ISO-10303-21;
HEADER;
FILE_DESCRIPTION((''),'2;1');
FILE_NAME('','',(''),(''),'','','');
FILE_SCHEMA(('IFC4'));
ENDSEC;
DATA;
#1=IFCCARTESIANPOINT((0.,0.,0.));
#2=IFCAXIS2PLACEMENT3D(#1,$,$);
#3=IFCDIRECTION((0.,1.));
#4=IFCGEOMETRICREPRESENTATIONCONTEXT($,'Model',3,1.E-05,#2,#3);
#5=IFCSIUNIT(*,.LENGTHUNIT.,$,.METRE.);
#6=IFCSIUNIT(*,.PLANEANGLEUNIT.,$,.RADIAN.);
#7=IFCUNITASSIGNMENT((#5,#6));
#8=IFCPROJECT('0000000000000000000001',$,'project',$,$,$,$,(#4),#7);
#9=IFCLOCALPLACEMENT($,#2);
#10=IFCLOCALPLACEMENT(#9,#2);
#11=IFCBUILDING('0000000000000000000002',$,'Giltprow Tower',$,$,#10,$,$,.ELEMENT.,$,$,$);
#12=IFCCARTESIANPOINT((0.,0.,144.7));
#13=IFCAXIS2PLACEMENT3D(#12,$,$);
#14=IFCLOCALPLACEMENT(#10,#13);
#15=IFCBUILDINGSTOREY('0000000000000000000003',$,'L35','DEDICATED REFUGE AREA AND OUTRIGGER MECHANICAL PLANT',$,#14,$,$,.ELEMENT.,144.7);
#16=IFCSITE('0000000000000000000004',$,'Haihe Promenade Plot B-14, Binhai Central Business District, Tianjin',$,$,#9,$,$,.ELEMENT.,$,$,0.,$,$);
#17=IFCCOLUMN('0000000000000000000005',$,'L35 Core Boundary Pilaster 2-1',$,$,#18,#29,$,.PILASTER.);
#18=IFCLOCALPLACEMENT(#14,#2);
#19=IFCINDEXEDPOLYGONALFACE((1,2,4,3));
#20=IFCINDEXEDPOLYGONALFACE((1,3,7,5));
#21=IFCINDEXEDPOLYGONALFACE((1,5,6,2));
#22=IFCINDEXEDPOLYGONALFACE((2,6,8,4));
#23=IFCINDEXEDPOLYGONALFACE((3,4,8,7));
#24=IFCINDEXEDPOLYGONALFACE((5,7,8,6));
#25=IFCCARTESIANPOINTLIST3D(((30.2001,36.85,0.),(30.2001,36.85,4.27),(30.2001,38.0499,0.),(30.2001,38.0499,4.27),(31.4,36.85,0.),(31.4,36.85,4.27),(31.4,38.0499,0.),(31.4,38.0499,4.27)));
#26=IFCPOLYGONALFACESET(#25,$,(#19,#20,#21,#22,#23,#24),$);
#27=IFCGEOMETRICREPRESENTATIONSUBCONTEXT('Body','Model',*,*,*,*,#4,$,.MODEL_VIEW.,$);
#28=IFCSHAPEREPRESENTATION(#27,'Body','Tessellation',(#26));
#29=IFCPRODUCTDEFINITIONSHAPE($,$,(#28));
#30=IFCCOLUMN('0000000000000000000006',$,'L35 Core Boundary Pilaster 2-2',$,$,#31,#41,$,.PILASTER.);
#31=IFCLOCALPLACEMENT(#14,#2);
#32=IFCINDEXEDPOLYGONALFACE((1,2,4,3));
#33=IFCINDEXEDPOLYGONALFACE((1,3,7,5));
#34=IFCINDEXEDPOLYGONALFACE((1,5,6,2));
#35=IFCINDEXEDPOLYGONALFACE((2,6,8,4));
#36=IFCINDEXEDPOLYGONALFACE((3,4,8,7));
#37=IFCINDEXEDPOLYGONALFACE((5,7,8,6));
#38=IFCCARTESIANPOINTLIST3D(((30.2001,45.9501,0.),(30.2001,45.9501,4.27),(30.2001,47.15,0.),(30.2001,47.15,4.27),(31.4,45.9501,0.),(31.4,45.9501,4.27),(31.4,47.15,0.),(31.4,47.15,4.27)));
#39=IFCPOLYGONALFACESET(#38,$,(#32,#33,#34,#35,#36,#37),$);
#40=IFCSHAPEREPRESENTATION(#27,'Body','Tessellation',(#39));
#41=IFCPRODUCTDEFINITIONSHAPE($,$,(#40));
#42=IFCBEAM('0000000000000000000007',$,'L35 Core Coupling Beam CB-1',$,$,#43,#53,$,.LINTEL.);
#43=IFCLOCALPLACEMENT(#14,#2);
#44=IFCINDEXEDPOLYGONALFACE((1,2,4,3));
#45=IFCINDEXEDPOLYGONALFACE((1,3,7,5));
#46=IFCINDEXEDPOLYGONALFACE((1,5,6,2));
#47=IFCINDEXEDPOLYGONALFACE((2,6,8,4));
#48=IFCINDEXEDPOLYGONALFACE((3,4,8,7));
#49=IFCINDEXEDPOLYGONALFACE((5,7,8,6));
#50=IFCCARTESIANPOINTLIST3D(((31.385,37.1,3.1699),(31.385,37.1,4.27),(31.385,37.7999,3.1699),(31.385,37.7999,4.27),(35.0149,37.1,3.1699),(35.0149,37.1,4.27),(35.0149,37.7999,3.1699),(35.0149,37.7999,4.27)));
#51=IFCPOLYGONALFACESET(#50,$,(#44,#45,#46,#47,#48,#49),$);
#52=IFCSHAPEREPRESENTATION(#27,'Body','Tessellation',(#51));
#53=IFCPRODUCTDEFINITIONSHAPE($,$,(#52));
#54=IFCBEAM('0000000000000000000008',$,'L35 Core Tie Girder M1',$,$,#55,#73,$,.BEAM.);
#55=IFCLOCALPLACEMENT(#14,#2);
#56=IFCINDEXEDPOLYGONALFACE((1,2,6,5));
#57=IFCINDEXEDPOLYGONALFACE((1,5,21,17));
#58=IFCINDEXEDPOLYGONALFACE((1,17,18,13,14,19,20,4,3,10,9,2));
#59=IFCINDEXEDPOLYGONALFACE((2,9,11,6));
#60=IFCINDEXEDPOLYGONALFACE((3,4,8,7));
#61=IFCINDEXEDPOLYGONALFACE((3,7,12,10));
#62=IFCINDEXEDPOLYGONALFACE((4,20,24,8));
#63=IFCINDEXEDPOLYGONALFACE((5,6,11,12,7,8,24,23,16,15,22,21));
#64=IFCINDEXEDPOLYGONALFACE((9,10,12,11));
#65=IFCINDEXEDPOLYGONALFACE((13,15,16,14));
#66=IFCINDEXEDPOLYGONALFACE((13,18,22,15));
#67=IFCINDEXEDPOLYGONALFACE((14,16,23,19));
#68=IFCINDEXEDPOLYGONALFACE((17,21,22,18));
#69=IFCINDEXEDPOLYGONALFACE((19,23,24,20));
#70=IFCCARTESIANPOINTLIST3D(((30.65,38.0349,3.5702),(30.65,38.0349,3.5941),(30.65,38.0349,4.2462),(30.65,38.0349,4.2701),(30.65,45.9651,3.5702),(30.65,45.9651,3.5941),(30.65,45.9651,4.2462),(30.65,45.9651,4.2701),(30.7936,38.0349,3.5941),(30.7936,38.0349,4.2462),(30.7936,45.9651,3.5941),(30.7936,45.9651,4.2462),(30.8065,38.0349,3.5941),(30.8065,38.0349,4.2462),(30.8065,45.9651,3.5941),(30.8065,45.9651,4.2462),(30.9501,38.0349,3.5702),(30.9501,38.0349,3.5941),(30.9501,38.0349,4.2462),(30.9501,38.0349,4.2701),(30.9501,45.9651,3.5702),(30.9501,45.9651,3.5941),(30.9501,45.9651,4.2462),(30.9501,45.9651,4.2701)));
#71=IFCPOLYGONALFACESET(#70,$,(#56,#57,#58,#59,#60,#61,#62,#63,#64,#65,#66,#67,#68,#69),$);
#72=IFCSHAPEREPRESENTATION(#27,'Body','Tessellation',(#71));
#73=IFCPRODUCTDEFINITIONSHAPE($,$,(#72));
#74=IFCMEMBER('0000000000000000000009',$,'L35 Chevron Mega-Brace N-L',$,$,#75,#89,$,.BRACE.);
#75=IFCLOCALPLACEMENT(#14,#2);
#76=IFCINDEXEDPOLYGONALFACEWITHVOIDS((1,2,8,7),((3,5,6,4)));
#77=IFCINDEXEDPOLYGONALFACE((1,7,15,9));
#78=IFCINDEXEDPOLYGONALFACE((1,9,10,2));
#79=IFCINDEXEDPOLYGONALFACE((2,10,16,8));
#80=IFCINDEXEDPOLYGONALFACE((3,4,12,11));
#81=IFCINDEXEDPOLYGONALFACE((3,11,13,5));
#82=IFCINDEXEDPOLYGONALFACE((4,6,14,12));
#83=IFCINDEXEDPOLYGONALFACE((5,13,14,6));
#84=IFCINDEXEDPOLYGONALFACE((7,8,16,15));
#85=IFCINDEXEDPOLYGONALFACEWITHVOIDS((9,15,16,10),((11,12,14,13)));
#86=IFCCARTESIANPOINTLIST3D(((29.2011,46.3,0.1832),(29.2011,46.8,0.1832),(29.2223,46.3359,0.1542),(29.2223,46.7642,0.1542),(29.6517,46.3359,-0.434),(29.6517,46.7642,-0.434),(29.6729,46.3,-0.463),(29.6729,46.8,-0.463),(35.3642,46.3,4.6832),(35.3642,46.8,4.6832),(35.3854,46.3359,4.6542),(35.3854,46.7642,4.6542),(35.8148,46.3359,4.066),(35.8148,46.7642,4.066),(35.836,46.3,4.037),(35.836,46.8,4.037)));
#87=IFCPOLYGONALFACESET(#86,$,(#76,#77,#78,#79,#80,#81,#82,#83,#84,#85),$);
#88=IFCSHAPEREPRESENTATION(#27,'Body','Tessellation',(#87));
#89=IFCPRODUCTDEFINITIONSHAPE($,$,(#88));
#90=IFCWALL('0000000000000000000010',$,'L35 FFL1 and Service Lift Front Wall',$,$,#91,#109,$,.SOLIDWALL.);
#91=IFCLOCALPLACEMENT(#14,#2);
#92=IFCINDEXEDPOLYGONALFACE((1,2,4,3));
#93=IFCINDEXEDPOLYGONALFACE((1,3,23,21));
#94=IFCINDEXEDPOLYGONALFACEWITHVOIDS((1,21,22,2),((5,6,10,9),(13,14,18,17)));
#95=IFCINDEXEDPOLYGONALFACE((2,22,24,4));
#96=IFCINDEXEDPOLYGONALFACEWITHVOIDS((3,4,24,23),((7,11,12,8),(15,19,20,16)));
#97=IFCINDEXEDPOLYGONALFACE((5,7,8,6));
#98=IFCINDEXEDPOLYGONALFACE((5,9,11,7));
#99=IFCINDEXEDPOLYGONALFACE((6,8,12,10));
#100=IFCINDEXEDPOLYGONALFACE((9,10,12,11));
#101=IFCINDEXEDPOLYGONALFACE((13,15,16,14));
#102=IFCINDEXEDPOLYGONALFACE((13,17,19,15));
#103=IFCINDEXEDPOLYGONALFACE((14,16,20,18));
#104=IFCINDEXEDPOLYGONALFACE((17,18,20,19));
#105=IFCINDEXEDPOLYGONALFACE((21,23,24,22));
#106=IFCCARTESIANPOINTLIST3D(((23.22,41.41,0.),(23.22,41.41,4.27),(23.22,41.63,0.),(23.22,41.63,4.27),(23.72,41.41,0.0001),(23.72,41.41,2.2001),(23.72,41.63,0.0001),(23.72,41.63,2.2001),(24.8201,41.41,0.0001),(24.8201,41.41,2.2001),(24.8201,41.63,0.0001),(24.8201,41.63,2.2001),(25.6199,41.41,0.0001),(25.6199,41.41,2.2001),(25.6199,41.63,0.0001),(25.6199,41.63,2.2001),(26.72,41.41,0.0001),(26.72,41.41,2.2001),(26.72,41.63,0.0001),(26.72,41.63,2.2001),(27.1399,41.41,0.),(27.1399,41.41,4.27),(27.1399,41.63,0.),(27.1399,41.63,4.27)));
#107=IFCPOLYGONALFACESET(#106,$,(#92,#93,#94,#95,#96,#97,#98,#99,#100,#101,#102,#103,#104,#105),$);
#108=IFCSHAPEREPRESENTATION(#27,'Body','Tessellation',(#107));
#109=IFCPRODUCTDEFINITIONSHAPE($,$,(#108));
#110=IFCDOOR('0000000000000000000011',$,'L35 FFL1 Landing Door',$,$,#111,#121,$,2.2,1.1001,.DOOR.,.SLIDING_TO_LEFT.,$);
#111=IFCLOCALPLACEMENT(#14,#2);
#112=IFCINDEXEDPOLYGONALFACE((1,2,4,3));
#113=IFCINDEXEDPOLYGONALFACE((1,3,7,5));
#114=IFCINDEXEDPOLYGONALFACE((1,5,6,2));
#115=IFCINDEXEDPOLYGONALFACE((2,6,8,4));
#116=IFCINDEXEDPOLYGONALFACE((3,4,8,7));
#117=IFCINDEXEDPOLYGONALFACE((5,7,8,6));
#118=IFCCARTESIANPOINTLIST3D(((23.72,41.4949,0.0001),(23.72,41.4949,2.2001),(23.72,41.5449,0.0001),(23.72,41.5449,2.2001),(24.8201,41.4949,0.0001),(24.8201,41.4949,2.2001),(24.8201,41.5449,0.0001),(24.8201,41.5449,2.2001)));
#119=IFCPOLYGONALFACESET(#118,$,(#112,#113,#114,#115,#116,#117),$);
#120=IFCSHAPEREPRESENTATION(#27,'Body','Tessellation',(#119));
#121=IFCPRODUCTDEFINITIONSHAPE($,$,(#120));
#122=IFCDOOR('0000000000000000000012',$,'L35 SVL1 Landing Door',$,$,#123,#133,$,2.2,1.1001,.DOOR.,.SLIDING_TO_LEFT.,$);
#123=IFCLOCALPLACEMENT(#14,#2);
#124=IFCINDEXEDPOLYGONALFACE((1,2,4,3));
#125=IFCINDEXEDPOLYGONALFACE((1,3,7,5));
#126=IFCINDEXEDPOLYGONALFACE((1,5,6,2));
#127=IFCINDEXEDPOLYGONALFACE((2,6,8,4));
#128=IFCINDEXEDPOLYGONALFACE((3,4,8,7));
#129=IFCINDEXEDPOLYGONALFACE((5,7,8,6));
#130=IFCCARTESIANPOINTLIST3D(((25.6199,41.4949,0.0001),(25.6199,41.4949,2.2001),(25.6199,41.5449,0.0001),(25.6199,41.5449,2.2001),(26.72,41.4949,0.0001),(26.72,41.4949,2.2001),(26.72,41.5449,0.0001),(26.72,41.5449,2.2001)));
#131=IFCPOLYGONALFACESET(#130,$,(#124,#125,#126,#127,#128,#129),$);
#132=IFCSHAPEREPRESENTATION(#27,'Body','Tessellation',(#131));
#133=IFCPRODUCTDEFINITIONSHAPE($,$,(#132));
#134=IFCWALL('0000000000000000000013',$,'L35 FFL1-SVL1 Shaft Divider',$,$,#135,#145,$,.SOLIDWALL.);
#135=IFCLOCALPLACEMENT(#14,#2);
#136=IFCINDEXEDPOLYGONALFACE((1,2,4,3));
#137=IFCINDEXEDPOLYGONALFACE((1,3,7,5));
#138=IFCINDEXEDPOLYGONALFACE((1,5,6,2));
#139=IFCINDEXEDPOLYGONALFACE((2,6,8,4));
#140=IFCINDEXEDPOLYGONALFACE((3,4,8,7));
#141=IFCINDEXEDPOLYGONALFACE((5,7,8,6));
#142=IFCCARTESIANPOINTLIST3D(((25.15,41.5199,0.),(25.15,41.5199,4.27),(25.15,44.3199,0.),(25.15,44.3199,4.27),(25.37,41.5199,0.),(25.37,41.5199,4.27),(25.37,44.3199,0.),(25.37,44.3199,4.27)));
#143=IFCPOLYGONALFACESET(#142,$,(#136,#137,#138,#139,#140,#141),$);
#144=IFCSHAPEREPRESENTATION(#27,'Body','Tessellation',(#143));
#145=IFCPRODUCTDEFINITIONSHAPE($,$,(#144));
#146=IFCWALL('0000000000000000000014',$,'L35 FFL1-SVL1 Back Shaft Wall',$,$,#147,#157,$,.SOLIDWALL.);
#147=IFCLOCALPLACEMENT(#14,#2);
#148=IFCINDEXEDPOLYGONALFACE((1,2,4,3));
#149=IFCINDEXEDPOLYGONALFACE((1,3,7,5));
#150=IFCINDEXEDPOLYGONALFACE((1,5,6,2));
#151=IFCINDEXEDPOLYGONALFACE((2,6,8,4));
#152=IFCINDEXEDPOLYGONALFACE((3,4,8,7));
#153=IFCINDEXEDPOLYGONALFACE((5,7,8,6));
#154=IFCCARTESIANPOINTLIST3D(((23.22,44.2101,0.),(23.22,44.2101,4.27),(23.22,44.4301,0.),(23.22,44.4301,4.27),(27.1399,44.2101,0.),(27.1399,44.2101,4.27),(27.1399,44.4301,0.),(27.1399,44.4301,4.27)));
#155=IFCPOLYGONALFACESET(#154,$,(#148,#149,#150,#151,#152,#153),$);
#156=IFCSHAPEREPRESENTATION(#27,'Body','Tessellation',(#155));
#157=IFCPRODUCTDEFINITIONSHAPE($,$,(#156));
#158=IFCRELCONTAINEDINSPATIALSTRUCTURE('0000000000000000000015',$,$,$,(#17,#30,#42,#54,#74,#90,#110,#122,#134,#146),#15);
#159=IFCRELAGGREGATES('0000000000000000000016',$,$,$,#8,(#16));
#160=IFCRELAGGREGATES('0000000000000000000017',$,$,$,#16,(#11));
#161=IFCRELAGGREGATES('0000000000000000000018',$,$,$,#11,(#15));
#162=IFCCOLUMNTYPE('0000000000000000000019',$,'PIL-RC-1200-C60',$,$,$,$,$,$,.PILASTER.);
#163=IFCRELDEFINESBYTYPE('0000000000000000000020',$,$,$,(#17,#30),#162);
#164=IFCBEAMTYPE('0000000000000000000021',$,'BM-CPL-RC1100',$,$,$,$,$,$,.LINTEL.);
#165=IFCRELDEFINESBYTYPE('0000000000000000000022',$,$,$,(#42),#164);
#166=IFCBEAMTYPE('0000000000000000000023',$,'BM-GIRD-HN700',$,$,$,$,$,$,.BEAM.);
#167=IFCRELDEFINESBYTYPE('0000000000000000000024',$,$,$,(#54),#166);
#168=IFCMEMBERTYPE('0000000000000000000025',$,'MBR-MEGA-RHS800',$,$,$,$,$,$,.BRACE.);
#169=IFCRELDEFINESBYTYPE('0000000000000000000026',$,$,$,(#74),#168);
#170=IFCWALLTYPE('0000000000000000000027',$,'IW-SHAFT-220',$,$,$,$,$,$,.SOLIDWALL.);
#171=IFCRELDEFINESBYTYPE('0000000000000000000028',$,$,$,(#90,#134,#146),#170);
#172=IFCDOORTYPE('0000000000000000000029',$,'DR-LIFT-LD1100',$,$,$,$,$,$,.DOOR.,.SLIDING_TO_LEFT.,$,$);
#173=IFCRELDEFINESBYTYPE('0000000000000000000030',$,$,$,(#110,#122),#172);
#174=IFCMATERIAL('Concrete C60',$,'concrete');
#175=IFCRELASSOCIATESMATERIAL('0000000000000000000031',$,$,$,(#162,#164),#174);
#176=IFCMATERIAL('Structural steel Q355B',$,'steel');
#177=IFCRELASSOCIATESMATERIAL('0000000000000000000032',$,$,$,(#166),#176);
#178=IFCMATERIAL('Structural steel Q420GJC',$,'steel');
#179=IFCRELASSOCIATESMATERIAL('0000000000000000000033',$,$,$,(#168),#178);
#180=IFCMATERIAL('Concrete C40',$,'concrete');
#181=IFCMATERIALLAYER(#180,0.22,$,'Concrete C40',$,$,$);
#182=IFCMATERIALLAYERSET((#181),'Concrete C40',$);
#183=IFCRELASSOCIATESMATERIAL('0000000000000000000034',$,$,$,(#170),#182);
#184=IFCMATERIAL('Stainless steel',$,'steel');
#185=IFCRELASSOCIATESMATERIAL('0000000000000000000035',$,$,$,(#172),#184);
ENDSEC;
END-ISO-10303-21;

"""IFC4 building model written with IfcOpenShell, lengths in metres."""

from ifc_helpers import new_model, si_unit, direction, frame, frame_2d, origin, origin_2d, place, context, subcontext, project, spatial, rectangle, hollow_rectangle, i_section, extrude, source, transform, mapped, material, layer, layer_set, material_profile, profile_set, type_object, element, fill, save


model = new_model("IFC4")

# Units and contexts
model_context = context("Model", 3, precision=1e-05, world=origin(), true_north=direction((0.0, 1.0)))
body_context = subcontext(model_context, "Body", "Model", "MODEL_VIEW")
ifc_project = project(units=[si_unit("LENGTHUNIT", "METRE"), si_unit("PLANEANGLEUNIT", "RADIAN")], contexts=[model_context])

# Site, building, storey
site_placement = place(None, origin())
site = spatial("IfcSite", under=ifc_project, at=site_placement, Name="Haihe Promenade Plot B-14, Binhai Central Business District, Tianjin", CompositionType="ELEMENT", RefElevation=0.0)
building_placement = place(site_placement, origin())
building = spatial("IfcBuilding", under=site, at=building_placement, Name="Giltprow Tower", CompositionType="ELEMENT")
storey_placement = place(building_placement, frame((0.0, 0.0, 144.7)))
storey = spatial("IfcBuildingStorey", under=building, at=storey_placement, Name="L35", Description="DEDICATED REFUGE AREA AND OUTRIGGER MECHANICAL PLANT", CompositionType="ELEMENT", Elevation=144.7)

# Columns
ifc_material_1 = material(Name="Concrete C60", Category="concrete")
ifc_material_profile_1 = material_profile(ifc_material_1, rectangle(XDim=1.2, YDim=1.2, at=origin_2d()), Name="RC 1200x1200")
ifc_profile_set_1 = profile_set([ifc_material_profile_1], Name="Concrete C60")
column_type = type_object("IfcColumnType", Name="PIL-RC-1200-C60", PredefinedType="PILASTER", material=ifc_profile_set_1)
shared_shape_1 = source(origin(), body_context, "Body", "SweptSolid", [
    extrude(rectangle(XDim=1.2, YDim=1.2, at=origin_2d()), origin(), (0.0, 0.0, 1.0), 4.27),
])
for number, where, z_axis, x_axis, name in (
    (1, (30.8, 37.45, 0.0), (0.0, 0.0, 1.0), (1.0, 0.0, 0.0), "L35 Core Boundary Pilaster 2-1"),
    (2, (30.8, 46.55, 0.0), (0.0, 0.0, 1.0), (1.0, 0.0, 0.0), "L35 Core Boundary Pilaster 2-2"),
):
    element("IfcColumn", number, at=place(storey_placement, frame(where, z_axis=z_axis, x_axis=x_axis)), inside=storey, type_object=column_type, Name=name, PredefinedType="PILASTER", context=body_context, shape_type="MappedRepresentation", body=[
        mapped(shared_shape_1, transform((0.0, 0.0, 0.0), x_axis=(1.0, 0.0, 0.0), y_axis=(0.0, 1.0, 0.0), z_axis=(0.0, 0.0, 1.0), scale=1.0)),
    ])

# Beams
ifc_material_profile_2 = material_profile(ifc_material_1, rectangle(XDim=0.7, YDim=1.1001, at=origin_2d()), Name="RC 1100x700")
ifc_profile_set_2 = profile_set([ifc_material_profile_2], Name="Concrete C60")
beam_type_1 = type_object("IfcBeamType", Name="BM-CPL-RC1100", PredefinedType="LINTEL", material=ifc_profile_set_2)
shared_shape_2 = source(origin(), body_context, "Body", "SweptSolid", [
    extrude(rectangle(XDim=0.7, YDim=1.1001, at=origin_2d()), origin(), (0.0, 0.0, 1.0), 3.6299),
])
beam_1_placement = place(storey_placement, frame((31.385, 37.45, 3.72), z_axis=(1.0, 0.0, 0.0), x_axis=(0.0, 1.0, 0.0)))
element("IfcBeam", 3, at=beam_1_placement, inside=storey, type_object=beam_type_1, Name="L35 Core Coupling Beam CB-1", PredefinedType="LINTEL", context=body_context, shape_type="MappedRepresentation", body=[
    mapped(shared_shape_2, transform((0.0, 0.0, 0.0), x_axis=(1.0, 0.0, 0.0), y_axis=(0.0, 1.0, 0.0), z_axis=(0.0, 0.0, 1.0), scale=1.0)),
])
ifc_material_2 = material(Name="Structural steel Q355B", Category="steel")
ifc_material_profile_3 = material_profile(ifc_material_2, i_section(OverallWidth=0.3, OverallDepth=0.7, WebThickness=0.0129, FlangeThickness=0.0239, at=origin_2d()), Name="HN 700x300x13x24")
ifc_profile_set_3 = profile_set([ifc_material_profile_3], Name="Structural steel Q355B")
beam_type_2 = type_object("IfcBeamType", Name="BM-GIRD-HN700", PredefinedType="BEAM", material=ifc_profile_set_3)
shared_shape_3 = source(origin(), body_context, "Body", "SweptSolid", [
    extrude(i_section(OverallWidth=0.3, OverallDepth=0.7, WebThickness=0.0129, FlangeThickness=0.0239, at=origin_2d()), origin(), (0.0, 0.0, 1.0), 7.9302),
])
beam_2_placement = place(storey_placement, frame((30.8, 38.0349, 3.9202), z_axis=(0.0, 1.0, 0.0), x_axis=(-1.0, 0.0, 0.0)))
element("IfcBeam", 4, at=beam_2_placement, inside=storey, type_object=beam_type_2, Name="L35 Core Tie Girder M1", PredefinedType="BEAM", context=body_context, shape_type="MappedRepresentation", body=[
    mapped(shared_shape_3, transform((0.0, 0.0, 0.0), x_axis=(1.0, 0.0, 0.0), y_axis=(0.0, 1.0, 0.0), z_axis=(0.0, 0.0, 1.0), scale=1.0)),
])

# Member
ifc_material_3 = material(Name="Structural steel Q420GJC", Category="steel")
ifc_material_profile_4 = material_profile(ifc_material_3, hollow_rectangle(XDim=0.5, YDim=0.8, WallThickness=0.0359, at=origin_2d()), Name="RHS 800x500x36")
ifc_profile_set_4 = profile_set([ifc_material_profile_4], Name="Structural steel Q420GJC")
member_type = type_object("IfcMemberType", Name="MBR-MEGA-RHS800", PredefinedType="BRACE", material=ifc_profile_set_4)
shared_shape_4 = source(origin(), body_context, "Body", "SweptSolid", [
    extrude(hollow_rectangle(XDim=0.5, YDim=0.8, WallThickness=0.0359, at=origin_2d()), origin(), (0.0, 0.0, 1.0), 7.6311),
])
member_placement = place(storey_placement, frame((29.437, 46.55, -0.1399), z_axis=(0.807628, 0.0, 0.589692), x_axis=(0.0, 1.0, 0.0)))
element("IfcMember", 5, at=member_placement, inside=storey, type_object=member_type, Name="L35 Chevron Mega-Brace N-L", PredefinedType="BRACE", context=body_context, shape_type="MappedRepresentation", body=[
    mapped(shared_shape_4, transform((0.0, 0.0, 0.0), x_axis=(1.0, 0.0, 0.0), y_axis=(0.0, 1.0, 0.0), z_axis=(0.0, 0.0, 1.0), scale=1.0)),
])

# Wall, openings, doors
ifc_material_4 = material(Name="Concrete C40", Category="concrete")
ifc_layer_1 = layer(ifc_material_4, 0.22, Name="Concrete C40")
ifc_layer_set_1 = layer_set([ifc_layer_1], Name="Concrete C40")
wall_type_1 = type_object("IfcWallType", Name="IW-SHAFT-220", PredefinedType="SOLIDWALL", material=ifc_layer_set_1)
wall_1_placement = place(storey_placement, frame((23.22, 41.52, 0.0), z_axis=(0.0, 0.0, 1.0), x_axis=(1.0, 0.0, 0.0)))
wall_1 = element("IfcWall", 6, at=wall_1_placement, inside=storey, type_object=wall_type_1, Name="L35 FFL1 and Service Lift Front Wall", PredefinedType="SOLIDWALL", context=body_context, shape_type="SweptSolid", body=[
    extrude(rectangle(XDim=3.9199, YDim=0.22, at=frame_2d((1.96, 0.0))), origin(), (0.0, 0.0, 1.0), 4.27),
])
opening_1_placement = place(wall_1_placement, frame((0.5, 0.0, 0.0)))
opening_1 = element("IfcOpeningElement", 7, at=opening_1_placement, cuts=wall_1, PredefinedType="OPENING", context=body_context, shape_type="SweptSolid", body=[
    extrude(rectangle(XDim=1.1001, YDim=2.2, at=frame_2d((0.55, 1.1001))), frame((0.0, 0.1199, 0.0), z_axis=(0.0, -1.0, 0.0), x_axis=(1.0, 0.0, 0.0)), (0.0, 0.0, 1.0), 0.24),
])
opening_2_placement = place(wall_1_placement, frame((2.3999, 0.0, 0.0)))
opening_2 = element("IfcOpeningElement", 8, at=opening_2_placement, cuts=wall_1, PredefinedType="OPENING", context=body_context, shape_type="SweptSolid", body=[
    extrude(rectangle(XDim=1.1001, YDim=2.2, at=frame_2d((0.55, 1.1001))), frame((0.0, 0.1199, 0.0), z_axis=(0.0, -1.0, 0.0), x_axis=(1.0, 0.0, 0.0)), (0.0, 0.0, 1.0), 0.24),
])
ifc_material_5 = material(Name="Stainless steel", Category="steel")
door_type_1 = type_object("IfcDoorType", Name="DR-LIFT-LD1100", OperationType="SLIDING_TO_LEFT", PredefinedType="DOOR", material=ifc_material_5)
shared_shape_5 = source(origin(), body_context, "Body", "SweptSolid", [
    extrude(rectangle(XDim=1.1001, YDim=2.2, at=frame_2d((0.55, 1.1001))), frame((0.0, 0.0249, 0.0), z_axis=(0.0, -1.0, 0.0), x_axis=(1.0, 0.0, 0.0)), (0.0, 0.0, 1.0), 0.05),
])
door_1_placement = place(opening_1_placement, origin())
door_1 = element("IfcDoor", 9, at=door_1_placement, inside=storey, type_object=door_type_1, Name="L35 FFL1 Landing Door", OperationType="SLIDING_TO_LEFT", OverallHeight=2.2, OverallWidth=1.1001, PredefinedType="DOOR", context=body_context, shape_type="MappedRepresentation", body=[
    mapped(shared_shape_5, transform((0.0, 0.0, 0.0), x_axis=(1.0, 0.0, 0.0), y_axis=(0.0, 1.0, 0.0), z_axis=(0.0, 0.0, 1.0), scale=1.0)),
])
fill(opening_1, door_1)
door_2_placement = place(opening_2_placement, origin())
door_2 = element("IfcDoor", 10, at=door_2_placement, inside=storey, type_object=door_type_1, Name="L35 SVL1 Landing Door", OperationType="SLIDING_TO_LEFT", OverallHeight=2.2, OverallWidth=1.1001, PredefinedType="DOOR", context=body_context, shape_type="MappedRepresentation", body=[
    mapped(shared_shape_5, transform((0.0, 0.0, 0.0), x_axis=(1.0, 0.0, 0.0), y_axis=(0.0, 1.0, 0.0), z_axis=(0.0, 0.0, 1.0), scale=1.0)),
])
fill(opening_2, door_2)

# Walls
wall_2_placement = place(storey_placement, frame((25.26, 41.52, 0.0), z_axis=(0.0, 0.0, 1.0), x_axis=(0.0, 1.0, 0.0)))
element("IfcWall", 11, at=wall_2_placement, inside=storey, type_object=wall_type_1, Name="L35 FFL1-SVL1 Shaft Divider", PredefinedType="SOLIDWALL", context=body_context, shape_type="SweptSolid", body=[
    extrude(rectangle(XDim=2.8, YDim=0.22, at=frame_2d((1.3999, 0.0))), origin(), (0.0, 0.0, 1.0), 4.27),
])
wall_3_placement = place(storey_placement, frame((23.22, 44.3201, 0.0), z_axis=(0.0, 0.0, 1.0), x_axis=(1.0, 0.0, 0.0)))
element("IfcWall", 12, at=wall_3_placement, inside=storey, type_object=wall_type_1, Name="L35 FFL1-SVL1 Back Shaft Wall", PredefinedType="SOLIDWALL", context=body_context, shape_type="SweptSolid", body=[
    extrude(rectangle(XDim=3.9199, YDim=0.22, at=frame_2d((1.96, 0.0))), origin(), (0.0, 0.0, 1.0), 4.27),
])

save(model, "model.ifc")
